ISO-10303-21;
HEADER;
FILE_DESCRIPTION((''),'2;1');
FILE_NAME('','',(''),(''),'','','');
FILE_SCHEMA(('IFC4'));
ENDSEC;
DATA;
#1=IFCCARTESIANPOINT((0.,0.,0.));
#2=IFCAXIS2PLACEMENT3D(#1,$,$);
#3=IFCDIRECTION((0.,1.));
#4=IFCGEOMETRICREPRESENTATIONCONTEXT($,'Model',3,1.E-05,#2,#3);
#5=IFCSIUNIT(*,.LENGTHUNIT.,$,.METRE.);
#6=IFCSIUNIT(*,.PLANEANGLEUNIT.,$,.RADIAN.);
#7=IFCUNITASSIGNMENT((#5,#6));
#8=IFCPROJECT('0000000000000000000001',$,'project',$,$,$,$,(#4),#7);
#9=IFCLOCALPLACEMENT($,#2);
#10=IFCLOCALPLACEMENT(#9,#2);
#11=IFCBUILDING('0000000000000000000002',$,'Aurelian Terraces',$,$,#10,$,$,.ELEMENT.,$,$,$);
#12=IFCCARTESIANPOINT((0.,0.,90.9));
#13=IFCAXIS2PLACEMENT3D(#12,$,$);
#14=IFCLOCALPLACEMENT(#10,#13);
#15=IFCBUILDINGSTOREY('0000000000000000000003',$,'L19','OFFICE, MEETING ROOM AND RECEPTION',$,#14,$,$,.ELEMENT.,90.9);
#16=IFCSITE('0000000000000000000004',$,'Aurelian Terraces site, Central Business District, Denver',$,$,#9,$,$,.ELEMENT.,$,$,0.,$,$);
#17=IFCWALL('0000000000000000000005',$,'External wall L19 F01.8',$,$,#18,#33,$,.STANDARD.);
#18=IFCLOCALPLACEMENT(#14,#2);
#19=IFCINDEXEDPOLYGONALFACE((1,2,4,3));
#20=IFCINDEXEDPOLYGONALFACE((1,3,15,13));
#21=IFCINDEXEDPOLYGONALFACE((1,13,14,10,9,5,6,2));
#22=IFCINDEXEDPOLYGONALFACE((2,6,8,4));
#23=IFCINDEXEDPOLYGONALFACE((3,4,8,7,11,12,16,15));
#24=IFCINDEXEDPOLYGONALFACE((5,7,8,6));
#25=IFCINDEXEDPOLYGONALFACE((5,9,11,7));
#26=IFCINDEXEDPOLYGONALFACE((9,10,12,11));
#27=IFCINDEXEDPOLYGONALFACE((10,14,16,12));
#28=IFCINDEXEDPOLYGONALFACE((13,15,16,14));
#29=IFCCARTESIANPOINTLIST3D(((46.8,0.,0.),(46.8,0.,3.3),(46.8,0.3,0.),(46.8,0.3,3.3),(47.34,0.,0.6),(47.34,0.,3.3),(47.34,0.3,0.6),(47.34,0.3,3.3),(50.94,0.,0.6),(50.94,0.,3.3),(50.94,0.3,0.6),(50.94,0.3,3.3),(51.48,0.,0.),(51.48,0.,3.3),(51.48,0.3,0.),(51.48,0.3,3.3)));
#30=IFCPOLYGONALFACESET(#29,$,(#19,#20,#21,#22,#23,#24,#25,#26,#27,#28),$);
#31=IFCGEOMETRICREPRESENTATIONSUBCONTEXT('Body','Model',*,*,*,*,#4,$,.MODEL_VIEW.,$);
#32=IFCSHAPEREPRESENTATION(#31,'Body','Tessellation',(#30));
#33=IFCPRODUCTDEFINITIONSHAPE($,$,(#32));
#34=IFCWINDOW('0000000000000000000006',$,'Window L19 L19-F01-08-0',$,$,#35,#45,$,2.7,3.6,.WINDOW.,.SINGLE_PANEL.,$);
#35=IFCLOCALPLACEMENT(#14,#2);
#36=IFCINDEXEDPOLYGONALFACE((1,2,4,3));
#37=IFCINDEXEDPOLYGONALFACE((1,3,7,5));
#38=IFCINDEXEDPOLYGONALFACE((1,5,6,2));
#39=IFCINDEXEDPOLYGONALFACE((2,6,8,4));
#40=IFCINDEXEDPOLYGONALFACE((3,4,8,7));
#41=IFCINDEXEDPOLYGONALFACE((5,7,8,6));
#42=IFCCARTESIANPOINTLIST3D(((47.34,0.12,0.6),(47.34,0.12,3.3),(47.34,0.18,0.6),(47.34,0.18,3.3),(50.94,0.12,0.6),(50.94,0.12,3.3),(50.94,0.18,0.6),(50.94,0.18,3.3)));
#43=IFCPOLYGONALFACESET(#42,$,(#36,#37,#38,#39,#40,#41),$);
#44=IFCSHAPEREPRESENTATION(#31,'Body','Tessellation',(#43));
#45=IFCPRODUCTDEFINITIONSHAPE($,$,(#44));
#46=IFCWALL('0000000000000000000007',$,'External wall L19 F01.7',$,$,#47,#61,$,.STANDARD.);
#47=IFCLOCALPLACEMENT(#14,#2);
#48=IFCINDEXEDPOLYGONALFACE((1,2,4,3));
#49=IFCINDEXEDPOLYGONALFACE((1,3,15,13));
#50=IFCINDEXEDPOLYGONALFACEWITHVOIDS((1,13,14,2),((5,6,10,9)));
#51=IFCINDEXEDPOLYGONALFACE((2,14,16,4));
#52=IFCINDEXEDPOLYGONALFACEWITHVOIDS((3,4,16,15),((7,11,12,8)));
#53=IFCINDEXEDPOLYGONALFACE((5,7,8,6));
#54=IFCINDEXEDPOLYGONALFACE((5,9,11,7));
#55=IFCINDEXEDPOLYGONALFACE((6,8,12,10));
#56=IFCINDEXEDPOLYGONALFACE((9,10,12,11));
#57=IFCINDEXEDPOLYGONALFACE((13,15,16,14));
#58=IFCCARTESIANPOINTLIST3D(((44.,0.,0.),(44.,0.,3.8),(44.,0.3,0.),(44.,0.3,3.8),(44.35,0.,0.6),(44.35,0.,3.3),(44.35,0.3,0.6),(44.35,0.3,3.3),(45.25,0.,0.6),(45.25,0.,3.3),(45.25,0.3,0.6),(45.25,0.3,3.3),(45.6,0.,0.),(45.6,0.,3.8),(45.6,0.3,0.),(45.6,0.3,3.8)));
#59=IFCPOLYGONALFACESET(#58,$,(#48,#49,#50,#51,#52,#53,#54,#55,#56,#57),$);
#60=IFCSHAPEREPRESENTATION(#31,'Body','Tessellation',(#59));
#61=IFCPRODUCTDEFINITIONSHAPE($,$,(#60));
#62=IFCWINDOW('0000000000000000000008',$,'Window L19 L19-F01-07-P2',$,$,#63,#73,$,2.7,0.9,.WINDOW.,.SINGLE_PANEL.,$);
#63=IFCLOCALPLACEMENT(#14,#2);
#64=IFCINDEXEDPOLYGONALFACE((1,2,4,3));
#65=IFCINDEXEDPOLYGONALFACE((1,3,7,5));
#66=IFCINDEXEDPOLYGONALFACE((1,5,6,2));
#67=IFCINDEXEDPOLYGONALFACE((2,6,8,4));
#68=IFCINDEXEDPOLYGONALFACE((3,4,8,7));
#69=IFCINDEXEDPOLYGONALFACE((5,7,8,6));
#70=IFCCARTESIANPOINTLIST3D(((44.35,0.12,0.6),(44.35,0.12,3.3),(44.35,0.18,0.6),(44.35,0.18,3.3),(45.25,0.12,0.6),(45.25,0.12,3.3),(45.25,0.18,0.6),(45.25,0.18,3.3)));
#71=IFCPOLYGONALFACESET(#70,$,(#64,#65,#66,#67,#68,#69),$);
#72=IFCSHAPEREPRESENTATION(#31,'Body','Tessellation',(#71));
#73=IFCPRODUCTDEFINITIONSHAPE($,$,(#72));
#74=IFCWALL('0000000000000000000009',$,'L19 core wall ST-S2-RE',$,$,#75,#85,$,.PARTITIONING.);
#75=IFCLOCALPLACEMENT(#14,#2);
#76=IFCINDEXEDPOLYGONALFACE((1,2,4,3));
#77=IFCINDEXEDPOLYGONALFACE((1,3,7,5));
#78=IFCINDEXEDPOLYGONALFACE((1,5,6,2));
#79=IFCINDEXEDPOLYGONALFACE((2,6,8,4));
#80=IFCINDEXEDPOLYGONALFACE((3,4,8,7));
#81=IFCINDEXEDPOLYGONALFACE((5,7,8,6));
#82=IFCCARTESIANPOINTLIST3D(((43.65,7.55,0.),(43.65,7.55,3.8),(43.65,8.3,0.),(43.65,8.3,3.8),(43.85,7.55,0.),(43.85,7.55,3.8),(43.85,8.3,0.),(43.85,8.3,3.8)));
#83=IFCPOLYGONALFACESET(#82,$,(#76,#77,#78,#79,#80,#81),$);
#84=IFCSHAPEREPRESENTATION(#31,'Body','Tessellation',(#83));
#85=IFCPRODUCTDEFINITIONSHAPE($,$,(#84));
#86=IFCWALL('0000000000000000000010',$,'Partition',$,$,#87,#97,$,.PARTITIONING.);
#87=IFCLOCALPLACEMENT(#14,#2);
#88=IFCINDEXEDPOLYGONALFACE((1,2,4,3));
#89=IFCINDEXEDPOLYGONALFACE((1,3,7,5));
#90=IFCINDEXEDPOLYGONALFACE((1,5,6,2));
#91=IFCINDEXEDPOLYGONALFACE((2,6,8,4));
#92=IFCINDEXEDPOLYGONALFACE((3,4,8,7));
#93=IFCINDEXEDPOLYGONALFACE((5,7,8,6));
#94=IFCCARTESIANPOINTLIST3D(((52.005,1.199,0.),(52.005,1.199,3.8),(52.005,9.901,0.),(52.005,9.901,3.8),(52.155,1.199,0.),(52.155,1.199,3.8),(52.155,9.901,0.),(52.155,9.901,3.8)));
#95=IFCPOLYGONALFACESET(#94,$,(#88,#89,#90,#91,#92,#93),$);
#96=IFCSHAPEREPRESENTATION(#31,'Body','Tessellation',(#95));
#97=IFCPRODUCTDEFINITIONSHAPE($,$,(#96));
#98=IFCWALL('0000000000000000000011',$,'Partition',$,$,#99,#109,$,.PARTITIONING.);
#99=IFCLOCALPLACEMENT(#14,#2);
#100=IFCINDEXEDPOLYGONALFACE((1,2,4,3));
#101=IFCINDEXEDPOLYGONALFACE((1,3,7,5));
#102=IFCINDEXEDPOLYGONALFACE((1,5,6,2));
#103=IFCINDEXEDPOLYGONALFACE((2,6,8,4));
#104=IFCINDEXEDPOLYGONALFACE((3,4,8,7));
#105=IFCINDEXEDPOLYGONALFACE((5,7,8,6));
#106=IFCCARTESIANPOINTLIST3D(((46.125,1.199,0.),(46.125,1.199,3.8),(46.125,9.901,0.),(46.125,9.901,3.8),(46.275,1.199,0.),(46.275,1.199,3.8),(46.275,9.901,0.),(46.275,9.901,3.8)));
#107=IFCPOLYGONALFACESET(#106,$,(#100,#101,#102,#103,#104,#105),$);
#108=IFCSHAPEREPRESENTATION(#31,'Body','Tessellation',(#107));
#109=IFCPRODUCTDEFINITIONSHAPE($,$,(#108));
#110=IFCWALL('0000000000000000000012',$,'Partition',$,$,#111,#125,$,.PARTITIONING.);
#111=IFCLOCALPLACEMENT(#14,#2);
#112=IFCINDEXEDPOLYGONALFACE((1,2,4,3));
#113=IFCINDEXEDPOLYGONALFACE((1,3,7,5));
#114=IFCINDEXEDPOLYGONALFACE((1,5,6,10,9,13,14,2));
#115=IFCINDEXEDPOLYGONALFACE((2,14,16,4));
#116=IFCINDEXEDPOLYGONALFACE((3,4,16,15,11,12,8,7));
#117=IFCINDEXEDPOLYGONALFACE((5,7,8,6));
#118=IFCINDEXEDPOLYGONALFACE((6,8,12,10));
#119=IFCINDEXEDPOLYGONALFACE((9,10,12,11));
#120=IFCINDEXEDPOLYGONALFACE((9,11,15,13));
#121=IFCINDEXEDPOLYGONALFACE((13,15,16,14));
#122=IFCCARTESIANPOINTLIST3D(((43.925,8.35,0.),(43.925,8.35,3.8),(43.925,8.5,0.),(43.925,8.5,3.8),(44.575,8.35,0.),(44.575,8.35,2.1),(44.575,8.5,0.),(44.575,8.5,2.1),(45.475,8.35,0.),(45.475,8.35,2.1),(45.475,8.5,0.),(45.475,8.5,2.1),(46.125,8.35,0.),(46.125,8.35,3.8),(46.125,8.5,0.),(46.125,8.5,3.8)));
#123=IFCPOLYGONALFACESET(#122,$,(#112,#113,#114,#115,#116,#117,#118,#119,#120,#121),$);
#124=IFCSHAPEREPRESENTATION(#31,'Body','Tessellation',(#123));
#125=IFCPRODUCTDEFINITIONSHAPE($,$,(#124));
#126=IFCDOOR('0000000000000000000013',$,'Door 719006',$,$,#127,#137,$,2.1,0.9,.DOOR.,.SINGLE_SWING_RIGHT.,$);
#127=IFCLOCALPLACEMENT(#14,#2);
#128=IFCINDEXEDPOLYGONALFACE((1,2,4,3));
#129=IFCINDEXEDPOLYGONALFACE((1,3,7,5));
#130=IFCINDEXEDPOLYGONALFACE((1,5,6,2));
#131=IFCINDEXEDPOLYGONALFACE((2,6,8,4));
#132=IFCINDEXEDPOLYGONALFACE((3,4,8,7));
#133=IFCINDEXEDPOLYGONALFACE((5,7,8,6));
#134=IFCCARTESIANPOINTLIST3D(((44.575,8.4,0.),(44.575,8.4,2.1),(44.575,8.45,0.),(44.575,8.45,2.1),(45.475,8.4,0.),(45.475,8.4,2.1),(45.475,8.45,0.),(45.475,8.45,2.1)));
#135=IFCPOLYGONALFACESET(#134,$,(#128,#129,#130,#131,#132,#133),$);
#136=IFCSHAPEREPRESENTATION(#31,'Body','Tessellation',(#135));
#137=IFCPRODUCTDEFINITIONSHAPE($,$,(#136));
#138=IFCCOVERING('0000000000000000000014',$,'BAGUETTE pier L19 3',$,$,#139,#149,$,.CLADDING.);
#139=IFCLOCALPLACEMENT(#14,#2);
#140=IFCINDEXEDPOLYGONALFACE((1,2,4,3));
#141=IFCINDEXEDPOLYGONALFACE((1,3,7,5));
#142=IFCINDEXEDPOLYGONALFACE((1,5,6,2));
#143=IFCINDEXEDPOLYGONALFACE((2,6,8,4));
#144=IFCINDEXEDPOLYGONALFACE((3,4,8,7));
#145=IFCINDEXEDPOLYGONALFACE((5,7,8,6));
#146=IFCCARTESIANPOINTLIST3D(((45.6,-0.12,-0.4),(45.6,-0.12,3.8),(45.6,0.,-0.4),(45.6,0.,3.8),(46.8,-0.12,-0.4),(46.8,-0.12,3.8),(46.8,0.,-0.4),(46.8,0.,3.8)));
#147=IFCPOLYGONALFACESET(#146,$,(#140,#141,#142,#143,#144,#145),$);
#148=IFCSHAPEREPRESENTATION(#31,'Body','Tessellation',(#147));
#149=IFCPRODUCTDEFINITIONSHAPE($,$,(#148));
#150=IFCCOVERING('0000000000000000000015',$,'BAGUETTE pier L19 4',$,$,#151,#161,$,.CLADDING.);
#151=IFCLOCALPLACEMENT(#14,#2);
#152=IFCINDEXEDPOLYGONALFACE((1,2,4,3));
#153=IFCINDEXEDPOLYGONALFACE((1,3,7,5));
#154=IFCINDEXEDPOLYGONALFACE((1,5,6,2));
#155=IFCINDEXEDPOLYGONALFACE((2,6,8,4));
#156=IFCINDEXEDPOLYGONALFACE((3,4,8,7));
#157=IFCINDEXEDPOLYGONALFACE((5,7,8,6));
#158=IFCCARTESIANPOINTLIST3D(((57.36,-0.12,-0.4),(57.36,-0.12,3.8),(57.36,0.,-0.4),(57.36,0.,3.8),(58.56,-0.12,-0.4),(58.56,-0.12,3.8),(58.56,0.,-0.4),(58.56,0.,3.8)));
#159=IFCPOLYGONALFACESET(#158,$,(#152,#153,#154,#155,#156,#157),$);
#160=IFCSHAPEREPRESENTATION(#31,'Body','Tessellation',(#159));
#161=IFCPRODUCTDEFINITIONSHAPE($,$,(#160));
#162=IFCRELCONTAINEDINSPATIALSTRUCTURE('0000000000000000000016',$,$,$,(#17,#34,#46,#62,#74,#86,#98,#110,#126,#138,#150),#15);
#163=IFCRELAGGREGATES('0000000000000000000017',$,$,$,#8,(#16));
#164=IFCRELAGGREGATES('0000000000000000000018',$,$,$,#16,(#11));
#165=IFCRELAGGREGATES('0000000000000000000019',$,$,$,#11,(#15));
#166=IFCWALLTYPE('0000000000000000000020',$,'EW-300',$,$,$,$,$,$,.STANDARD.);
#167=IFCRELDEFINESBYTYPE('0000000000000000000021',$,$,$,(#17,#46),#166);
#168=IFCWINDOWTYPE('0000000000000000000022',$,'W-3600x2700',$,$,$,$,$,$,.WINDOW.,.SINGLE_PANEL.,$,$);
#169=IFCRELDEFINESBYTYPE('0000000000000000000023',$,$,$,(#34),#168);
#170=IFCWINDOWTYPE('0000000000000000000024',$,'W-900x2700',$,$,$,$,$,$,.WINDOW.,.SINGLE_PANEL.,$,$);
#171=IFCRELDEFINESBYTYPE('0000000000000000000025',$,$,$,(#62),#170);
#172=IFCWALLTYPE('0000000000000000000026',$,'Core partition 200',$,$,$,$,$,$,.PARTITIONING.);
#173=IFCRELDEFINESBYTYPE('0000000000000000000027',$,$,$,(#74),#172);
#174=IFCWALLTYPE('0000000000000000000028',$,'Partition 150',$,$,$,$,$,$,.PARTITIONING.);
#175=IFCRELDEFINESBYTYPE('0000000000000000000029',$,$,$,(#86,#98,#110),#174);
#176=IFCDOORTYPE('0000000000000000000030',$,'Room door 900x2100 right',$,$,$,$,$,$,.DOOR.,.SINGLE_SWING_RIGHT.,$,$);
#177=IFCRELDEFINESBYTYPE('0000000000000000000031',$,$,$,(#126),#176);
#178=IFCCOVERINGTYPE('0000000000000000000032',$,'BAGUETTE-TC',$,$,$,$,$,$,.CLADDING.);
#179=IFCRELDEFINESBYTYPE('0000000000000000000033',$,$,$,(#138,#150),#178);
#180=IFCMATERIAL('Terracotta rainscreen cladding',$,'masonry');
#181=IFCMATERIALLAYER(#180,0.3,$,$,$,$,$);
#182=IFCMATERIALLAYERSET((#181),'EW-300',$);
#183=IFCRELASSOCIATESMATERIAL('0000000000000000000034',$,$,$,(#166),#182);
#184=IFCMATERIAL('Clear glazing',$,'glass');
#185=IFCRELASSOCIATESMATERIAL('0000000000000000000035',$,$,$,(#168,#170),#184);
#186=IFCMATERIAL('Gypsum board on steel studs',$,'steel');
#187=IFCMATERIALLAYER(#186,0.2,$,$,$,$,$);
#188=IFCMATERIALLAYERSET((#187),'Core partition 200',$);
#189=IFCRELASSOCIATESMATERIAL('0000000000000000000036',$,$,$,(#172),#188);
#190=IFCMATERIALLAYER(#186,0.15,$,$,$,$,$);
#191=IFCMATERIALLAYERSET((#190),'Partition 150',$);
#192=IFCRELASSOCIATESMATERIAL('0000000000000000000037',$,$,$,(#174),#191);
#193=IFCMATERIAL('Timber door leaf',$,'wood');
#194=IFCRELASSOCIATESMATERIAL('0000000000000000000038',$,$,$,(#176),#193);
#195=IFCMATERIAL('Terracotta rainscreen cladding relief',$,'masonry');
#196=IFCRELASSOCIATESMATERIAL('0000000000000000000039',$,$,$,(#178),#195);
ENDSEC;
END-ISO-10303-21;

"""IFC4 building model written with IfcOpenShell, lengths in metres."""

from ifc_helpers import new_model, si_unit, direction, frame, frame_2d, origin, origin_2d, place, context, subcontext, project, spatial, rectangle, extrude, source, transform, mapped, material, layer, layer_set, type_object, element, fill, save


model = new_model("IFC4")

# Units and contexts
model_context = context("Model", 3, precision=1e-05, world=origin(), true_north=direction((0.0, 1.0)))
body_context = subcontext(model_context, "Body", "Model", "MODEL_VIEW")
ifc_project = project(units=[si_unit("LENGTHUNIT", "METRE"), si_unit("PLANEANGLEUNIT", "RADIAN")], contexts=[model_context])

# Site, building, storey
site_placement = place(None, origin())
site = spatial("IfcSite", under=ifc_project, at=site_placement, Name="Aurelian Terraces site, Central Business District, Denver", CompositionType="ELEMENT", RefElevation=0.0)
building_placement = place(site_placement, origin())
building = spatial("IfcBuilding", under=site, at=building_placement, Name="Aurelian Terraces", CompositionType="ELEMENT")
storey_placement = place(building_placement, frame((0.0, 0.0, 90.9)))
storey = spatial("IfcBuildingStorey", under=building, at=storey_placement, Name="L19", Description="OFFICE, MEETING ROOM AND RECEPTION", CompositionType="ELEMENT", Elevation=90.9)

# Walls, openings, windows
ifc_material_1 = material(Name="Terracotta rainscreen cladding", Category="masonry")
ifc_layer_1 = layer(ifc_material_1, 0.3)
ifc_layer_set_1 = layer_set([ifc_layer_1], Name="EW-300")
wall_type_1 = type_object("IfcWallType", Name="EW-300", PredefinedType="STANDARD", material=ifc_layer_set_1)
shared_shape_1 = source(origin(), body_context, "Body", "SweptSolid", [
    extrude(rectangle(XDim=3.6, YDim=2.7, at=frame_2d((1.8, 1.35))), frame((0.0, 0.16, 0.0), z_axis=(0.0, -1.0, 0.0), x_axis=(1.0, 0.0, 0.0)), (0.0, 0.0, 1.0), 0.32),
])
ifc_material_2 = material(Name="Clear glazing", Category="glass")
window_type_1 = type_object("IfcWindowType", Name="W-3600x2700", PartitioningType="SINGLE_PANEL", PredefinedType="WINDOW", material=ifc_material_2)
shared_shape_2 = source(origin(), body_context, "Body", "SweptSolid", [
    extrude(rectangle(XDim=3.6, YDim=2.7, at=frame_2d((1.8, 1.35))), frame((0.0, 0.03, 0.0), z_axis=(0.0, -1.0, 0.0), x_axis=(1.0, 0.0, 0.0)), (0.0, 0.0, 1.0), 0.06),
])
shared_shape_3 = source(origin(), body_context, "Body", "SweptSolid", [
    extrude(rectangle(XDim=4.68, YDim=0.3, at=frame_2d((2.34, 0.0))), origin(), (0.0, 0.0, 1.0), 3.3),
])
wall_1_placement = place(storey_placement, frame((46.8, 0.15, 0.0), z_axis=(0.0, 0.0, 1.0), x_axis=(1.0, 0.0, 0.0)))
wall_1 = element("IfcWall", 1, at=wall_1_placement, inside=storey, type_object=wall_type_1, Name="External wall L19 F01.8", PredefinedType="STANDARD", context=body_context, shape_type="MappedRepresentation", body=[
    mapped(shared_shape_3, transform((0.0, 0.0, 0.0), scale=1.0)),
])
opening_1_placement = place(wall_1_placement, frame((0.54, 0.0, 0.6)))
opening_1 = element("IfcOpeningElement", 2, at=opening_1_placement, cuts=wall_1, PredefinedType="OPENING", context=body_context, shape_type="MappedRepresentation", body=[
    mapped(shared_shape_1, transform((0.0, 0.0, 0.0), scale=1.0)),
])
window_1_placement = place(opening_1_placement, origin())
window_1 = element("IfcWindow", 3, at=window_1_placement, inside=storey, type_object=window_type_1, Name="Window L19 L19-F01-08-0", OverallHeight=2.7, OverallWidth=3.6, PartitioningType="SINGLE_PANEL", PredefinedType="WINDOW", context=body_context, shape_type="MappedRepresentation", body=[
    mapped(shared_shape_2, transform((0.0, 0.0, 0.0), scale=1.0)),
])
fill(opening_1, window_1)
shared_shape_4 = source(origin(), body_context, "Body", "SweptSolid", [
    extrude(rectangle(XDim=1.6, YDim=0.3, at=frame_2d((0.8, 0.0))), origin(), (0.0, 0.0, 1.0), 3.8),
])
wall_2_placement = place(storey_placement, frame((44.0, 0.15, 0.0), z_axis=(0.0, 0.0, 1.0), x_axis=(1.0, 0.0, 0.0)))
wall_2 = element("IfcWall", 4, at=wall_2_placement, inside=storey, type_object=wall_type_1, Name="External wall L19 F01.7", PredefinedType="STANDARD", context=body_context, shape_type="MappedRepresentation", body=[
    mapped(shared_shape_4, transform((0.0, 0.0, 0.0), scale=1.0)),
])
shared_shape_5 = source(origin(), body_context, "Body", "SweptSolid", [
    extrude(rectangle(XDim=0.9, YDim=2.7, at=frame_2d((0.45, 1.35))), frame((0.0, 0.16, 0.0), z_axis=(0.0, -1.0, 0.0), x_axis=(1.0, 0.0, 0.0)), (0.0, 0.0, 1.0), 0.32),
])
opening_2_placement = place(wall_2_placement, frame((0.35, 0.0, 0.6)))
opening_2 = element("IfcOpeningElement", 5, at=opening_2_placement, cuts=wall_2, PredefinedType="OPENING", context=body_context, shape_type="MappedRepresentation", body=[
    mapped(shared_shape_5, transform((0.0, 0.0, 0.0), scale=1.0)),
])
window_type_2 = type_object("IfcWindowType", Name="W-900x2700", PartitioningType="SINGLE_PANEL", PredefinedType="WINDOW", material=ifc_material_2)
shared_shape_6 = source(origin(), body_context, "Body", "SweptSolid", [
    extrude(rectangle(XDim=0.9, YDim=2.7, at=frame_2d((0.45, 1.35))), frame((0.0, 0.03, 0.0), z_axis=(0.0, -1.0, 0.0), x_axis=(1.0, 0.0, 0.0)), (0.0, 0.0, 1.0), 0.06),
])
window_2_placement = place(opening_2_placement, origin())
window_2 = element("IfcWindow", 6, at=window_2_placement, inside=storey, type_object=window_type_2, Name="Window L19 L19-F01-07-P2", OverallHeight=2.7, OverallWidth=0.9, PartitioningType="SINGLE_PANEL", PredefinedType="WINDOW", context=body_context, shape_type="MappedRepresentation", body=[
    mapped(shared_shape_6, transform((0.0, 0.0, 0.0), scale=1.0)),
])
fill(opening_2, window_2)

# Walls
ifc_material_3 = material(Name="Gypsum board on steel studs", Category="steel")
ifc_layer_2 = layer(ifc_material_3, 0.2)
ifc_layer_set_2 = layer_set([ifc_layer_2], Name="Core partition 200")
wall_type_2 = type_object("IfcWallType", Name="Core partition 200", PredefinedType="PARTITIONING", material=ifc_layer_set_2)
shared_shape_7 = source(origin(), body_context, "Body", "SweptSolid", [
    extrude(rectangle(XDim=0.75, YDim=0.2, at=frame_2d((0.375, 0.0))), origin(), (0.0, 0.0, 1.0), 3.8),
])
wall_3_placement = place(storey_placement, frame((43.75, 7.55, 0.0), z_axis=(0.0, 0.0, 1.0), x_axis=(0.0, 1.0, 0.0)))
element("IfcWall", 7, at=wall_3_placement, inside=storey, type_object=wall_type_2, Name="L19 core wall ST-S2-RE", PredefinedType="PARTITIONING", context=body_context, shape_type="MappedRepresentation", body=[
    mapped(shared_shape_7, transform((0.0, 0.0, 0.0), scale=1.0)),
])
ifc_layer_3 = layer(ifc_material_3, 0.15)
ifc_layer_set_3 = layer_set([ifc_layer_3], Name="Partition 150")
wall_type_3 = type_object("IfcWallType", Name="Partition 150", PredefinedType="PARTITIONING", material=ifc_layer_set_3)
shared_shape_8 = source(origin(), body_context, "Body", "SweptSolid", [
    extrude(rectangle(XDim=8.702, YDim=0.15, at=frame_2d((4.351, 0.0))), origin(), (0.0, 0.0, 1.0), 3.8),
])
for number, where, z_axis, x_axis, name in (
    (8, (52.08, 1.199, 0.0), (0.0, 0.0, 1.0), (0.0, 1.0, 0.0), "Partition"),
    (9, (46.2, 1.199, 0.0), (0.0, 0.0, 1.0), (0.0, 1.0, 0.0), "Partition"),
):
    element("IfcWall", number, at=place(storey_placement, frame(where, z_axis=z_axis, x_axis=x_axis)), inside=storey, type_object=wall_type_3, Name=name, PredefinedType="PARTITIONING", context=body_context, shape_type="MappedRepresentation", body=[
        mapped(shared_shape_8, transform((0.0, 0.0, 0.0), scale=1.0)),
    ])

# Wall, opening, door
shared_shape_9 = source(origin(), body_context, "Body", "SweptSolid", [
    extrude(rectangle(XDim=2.2, YDim=0.15, at=frame_2d((1.1, 0.0))), origin(), (0.0, 0.0, 1.0), 3.8),
])
wall_4_placement = place(storey_placement, frame((46.125, 8.425, 0.0), z_axis=(0.0, 0.0, 1.0), x_axis=(-1.0, 0.0, 0.0)))
wall_4 = element("IfcWall", 10, at=wall_4_placement, inside=storey, type_object=wall_type_3, Name="Partition", PredefinedType="PARTITIONING", context=body_context, shape_type="MappedRepresentation", body=[
    mapped(shared_shape_9, transform((0.0, 0.0, 0.0), scale=1.0)),
])
shared_shape_10 = source(origin(), body_context, "Body", "SweptSolid", [
    extrude(rectangle(XDim=0.9, YDim=2.1, at=frame_2d((0.45, 1.05))), frame((0.0, 0.085, 0.0), z_axis=(0.0, -1.0, 0.0), x_axis=(1.0, 0.0, 0.0)), (0.0, 0.0, 1.0), 0.17),
])
opening_3_placement = place(wall_4_placement, frame((0.65, 0.0, 0.0)))
opening_3 = element("IfcOpeningElement", 11, at=opening_3_placement, cuts=wall_4, PredefinedType="OPENING", context=body_context, shape_type="MappedRepresentation", body=[
    mapped(shared_shape_10, transform((0.0, 0.0, 0.0), scale=1.0)),
])
ifc_material_4 = material(Name="Timber door leaf", Category="wood")
door_type = type_object("IfcDoorType", Name="Room door 900x2100 right", OperationType="SINGLE_SWING_RIGHT", PredefinedType="DOOR", material=ifc_material_4)
shared_shape_11 = source(origin(), body_context, "Body", "SweptSolid", [
    extrude(rectangle(XDim=0.9, YDim=2.1, at=frame_2d((0.45, 1.05))), frame((0.0, 0.025, 0.0), z_axis=(0.0, -1.0, 0.0), x_axis=(1.0, 0.0, 0.0)), (0.0, 0.0, 1.0), 0.05),
])
door_placement = place(opening_3_placement, origin())
door = element("IfcDoor", 12, at=door_placement, inside=storey, type_object=door_type, Name="Door 719006", OperationType="SINGLE_SWING_RIGHT", OverallHeight=2.1, OverallWidth=0.9, PredefinedType="DOOR", context=body_context, shape_type="MappedRepresentation", body=[
    mapped(shared_shape_11, transform((0.0, 0.0, 0.0), scale=1.0)),
])
fill(opening_3, door)

# Coverings
ifc_material_5 = material(Name="Terracotta rainscreen cladding relief", Category="masonry")
covering_type = type_object("IfcCoveringType", Name="BAGUETTE-TC", PredefinedType="CLADDING", material=ifc_material_5)
shared_shape_12 = source(origin(), body_context, "Body", "SweptSolid", [
    extrude(rectangle(XDim=1.2, YDim=0.12, at=origin_2d()), origin(), (0.0, 0.0, 1.0), 4.2),
])
for number, where, z_axis, x_axis, name in (
    (13, (46.2, -0.06, -0.4), (0.0, 0.0, 1.0), (1.0, 0.0, 0.0), "BAGUETTE pier L19 3"),
    (14, (57.96, -0.06, -0.4), (0.0, 0.0, 1.0), (1.0, 0.0, 0.0), "BAGUETTE pier L19 4"),
):
    element("IfcCovering", number, at=place(storey_placement, frame(where, z_axis=z_axis, x_axis=x_axis)), inside=storey, type_object=covering_type, Name=name, PredefinedType="CLADDING", context=body_context, shape_type="MappedRepresentation", body=[
        mapped(shared_shape_12, transform((0.0, 0.0, 0.0), scale=1.0)),
    ])

save(model, "model.ifc")
